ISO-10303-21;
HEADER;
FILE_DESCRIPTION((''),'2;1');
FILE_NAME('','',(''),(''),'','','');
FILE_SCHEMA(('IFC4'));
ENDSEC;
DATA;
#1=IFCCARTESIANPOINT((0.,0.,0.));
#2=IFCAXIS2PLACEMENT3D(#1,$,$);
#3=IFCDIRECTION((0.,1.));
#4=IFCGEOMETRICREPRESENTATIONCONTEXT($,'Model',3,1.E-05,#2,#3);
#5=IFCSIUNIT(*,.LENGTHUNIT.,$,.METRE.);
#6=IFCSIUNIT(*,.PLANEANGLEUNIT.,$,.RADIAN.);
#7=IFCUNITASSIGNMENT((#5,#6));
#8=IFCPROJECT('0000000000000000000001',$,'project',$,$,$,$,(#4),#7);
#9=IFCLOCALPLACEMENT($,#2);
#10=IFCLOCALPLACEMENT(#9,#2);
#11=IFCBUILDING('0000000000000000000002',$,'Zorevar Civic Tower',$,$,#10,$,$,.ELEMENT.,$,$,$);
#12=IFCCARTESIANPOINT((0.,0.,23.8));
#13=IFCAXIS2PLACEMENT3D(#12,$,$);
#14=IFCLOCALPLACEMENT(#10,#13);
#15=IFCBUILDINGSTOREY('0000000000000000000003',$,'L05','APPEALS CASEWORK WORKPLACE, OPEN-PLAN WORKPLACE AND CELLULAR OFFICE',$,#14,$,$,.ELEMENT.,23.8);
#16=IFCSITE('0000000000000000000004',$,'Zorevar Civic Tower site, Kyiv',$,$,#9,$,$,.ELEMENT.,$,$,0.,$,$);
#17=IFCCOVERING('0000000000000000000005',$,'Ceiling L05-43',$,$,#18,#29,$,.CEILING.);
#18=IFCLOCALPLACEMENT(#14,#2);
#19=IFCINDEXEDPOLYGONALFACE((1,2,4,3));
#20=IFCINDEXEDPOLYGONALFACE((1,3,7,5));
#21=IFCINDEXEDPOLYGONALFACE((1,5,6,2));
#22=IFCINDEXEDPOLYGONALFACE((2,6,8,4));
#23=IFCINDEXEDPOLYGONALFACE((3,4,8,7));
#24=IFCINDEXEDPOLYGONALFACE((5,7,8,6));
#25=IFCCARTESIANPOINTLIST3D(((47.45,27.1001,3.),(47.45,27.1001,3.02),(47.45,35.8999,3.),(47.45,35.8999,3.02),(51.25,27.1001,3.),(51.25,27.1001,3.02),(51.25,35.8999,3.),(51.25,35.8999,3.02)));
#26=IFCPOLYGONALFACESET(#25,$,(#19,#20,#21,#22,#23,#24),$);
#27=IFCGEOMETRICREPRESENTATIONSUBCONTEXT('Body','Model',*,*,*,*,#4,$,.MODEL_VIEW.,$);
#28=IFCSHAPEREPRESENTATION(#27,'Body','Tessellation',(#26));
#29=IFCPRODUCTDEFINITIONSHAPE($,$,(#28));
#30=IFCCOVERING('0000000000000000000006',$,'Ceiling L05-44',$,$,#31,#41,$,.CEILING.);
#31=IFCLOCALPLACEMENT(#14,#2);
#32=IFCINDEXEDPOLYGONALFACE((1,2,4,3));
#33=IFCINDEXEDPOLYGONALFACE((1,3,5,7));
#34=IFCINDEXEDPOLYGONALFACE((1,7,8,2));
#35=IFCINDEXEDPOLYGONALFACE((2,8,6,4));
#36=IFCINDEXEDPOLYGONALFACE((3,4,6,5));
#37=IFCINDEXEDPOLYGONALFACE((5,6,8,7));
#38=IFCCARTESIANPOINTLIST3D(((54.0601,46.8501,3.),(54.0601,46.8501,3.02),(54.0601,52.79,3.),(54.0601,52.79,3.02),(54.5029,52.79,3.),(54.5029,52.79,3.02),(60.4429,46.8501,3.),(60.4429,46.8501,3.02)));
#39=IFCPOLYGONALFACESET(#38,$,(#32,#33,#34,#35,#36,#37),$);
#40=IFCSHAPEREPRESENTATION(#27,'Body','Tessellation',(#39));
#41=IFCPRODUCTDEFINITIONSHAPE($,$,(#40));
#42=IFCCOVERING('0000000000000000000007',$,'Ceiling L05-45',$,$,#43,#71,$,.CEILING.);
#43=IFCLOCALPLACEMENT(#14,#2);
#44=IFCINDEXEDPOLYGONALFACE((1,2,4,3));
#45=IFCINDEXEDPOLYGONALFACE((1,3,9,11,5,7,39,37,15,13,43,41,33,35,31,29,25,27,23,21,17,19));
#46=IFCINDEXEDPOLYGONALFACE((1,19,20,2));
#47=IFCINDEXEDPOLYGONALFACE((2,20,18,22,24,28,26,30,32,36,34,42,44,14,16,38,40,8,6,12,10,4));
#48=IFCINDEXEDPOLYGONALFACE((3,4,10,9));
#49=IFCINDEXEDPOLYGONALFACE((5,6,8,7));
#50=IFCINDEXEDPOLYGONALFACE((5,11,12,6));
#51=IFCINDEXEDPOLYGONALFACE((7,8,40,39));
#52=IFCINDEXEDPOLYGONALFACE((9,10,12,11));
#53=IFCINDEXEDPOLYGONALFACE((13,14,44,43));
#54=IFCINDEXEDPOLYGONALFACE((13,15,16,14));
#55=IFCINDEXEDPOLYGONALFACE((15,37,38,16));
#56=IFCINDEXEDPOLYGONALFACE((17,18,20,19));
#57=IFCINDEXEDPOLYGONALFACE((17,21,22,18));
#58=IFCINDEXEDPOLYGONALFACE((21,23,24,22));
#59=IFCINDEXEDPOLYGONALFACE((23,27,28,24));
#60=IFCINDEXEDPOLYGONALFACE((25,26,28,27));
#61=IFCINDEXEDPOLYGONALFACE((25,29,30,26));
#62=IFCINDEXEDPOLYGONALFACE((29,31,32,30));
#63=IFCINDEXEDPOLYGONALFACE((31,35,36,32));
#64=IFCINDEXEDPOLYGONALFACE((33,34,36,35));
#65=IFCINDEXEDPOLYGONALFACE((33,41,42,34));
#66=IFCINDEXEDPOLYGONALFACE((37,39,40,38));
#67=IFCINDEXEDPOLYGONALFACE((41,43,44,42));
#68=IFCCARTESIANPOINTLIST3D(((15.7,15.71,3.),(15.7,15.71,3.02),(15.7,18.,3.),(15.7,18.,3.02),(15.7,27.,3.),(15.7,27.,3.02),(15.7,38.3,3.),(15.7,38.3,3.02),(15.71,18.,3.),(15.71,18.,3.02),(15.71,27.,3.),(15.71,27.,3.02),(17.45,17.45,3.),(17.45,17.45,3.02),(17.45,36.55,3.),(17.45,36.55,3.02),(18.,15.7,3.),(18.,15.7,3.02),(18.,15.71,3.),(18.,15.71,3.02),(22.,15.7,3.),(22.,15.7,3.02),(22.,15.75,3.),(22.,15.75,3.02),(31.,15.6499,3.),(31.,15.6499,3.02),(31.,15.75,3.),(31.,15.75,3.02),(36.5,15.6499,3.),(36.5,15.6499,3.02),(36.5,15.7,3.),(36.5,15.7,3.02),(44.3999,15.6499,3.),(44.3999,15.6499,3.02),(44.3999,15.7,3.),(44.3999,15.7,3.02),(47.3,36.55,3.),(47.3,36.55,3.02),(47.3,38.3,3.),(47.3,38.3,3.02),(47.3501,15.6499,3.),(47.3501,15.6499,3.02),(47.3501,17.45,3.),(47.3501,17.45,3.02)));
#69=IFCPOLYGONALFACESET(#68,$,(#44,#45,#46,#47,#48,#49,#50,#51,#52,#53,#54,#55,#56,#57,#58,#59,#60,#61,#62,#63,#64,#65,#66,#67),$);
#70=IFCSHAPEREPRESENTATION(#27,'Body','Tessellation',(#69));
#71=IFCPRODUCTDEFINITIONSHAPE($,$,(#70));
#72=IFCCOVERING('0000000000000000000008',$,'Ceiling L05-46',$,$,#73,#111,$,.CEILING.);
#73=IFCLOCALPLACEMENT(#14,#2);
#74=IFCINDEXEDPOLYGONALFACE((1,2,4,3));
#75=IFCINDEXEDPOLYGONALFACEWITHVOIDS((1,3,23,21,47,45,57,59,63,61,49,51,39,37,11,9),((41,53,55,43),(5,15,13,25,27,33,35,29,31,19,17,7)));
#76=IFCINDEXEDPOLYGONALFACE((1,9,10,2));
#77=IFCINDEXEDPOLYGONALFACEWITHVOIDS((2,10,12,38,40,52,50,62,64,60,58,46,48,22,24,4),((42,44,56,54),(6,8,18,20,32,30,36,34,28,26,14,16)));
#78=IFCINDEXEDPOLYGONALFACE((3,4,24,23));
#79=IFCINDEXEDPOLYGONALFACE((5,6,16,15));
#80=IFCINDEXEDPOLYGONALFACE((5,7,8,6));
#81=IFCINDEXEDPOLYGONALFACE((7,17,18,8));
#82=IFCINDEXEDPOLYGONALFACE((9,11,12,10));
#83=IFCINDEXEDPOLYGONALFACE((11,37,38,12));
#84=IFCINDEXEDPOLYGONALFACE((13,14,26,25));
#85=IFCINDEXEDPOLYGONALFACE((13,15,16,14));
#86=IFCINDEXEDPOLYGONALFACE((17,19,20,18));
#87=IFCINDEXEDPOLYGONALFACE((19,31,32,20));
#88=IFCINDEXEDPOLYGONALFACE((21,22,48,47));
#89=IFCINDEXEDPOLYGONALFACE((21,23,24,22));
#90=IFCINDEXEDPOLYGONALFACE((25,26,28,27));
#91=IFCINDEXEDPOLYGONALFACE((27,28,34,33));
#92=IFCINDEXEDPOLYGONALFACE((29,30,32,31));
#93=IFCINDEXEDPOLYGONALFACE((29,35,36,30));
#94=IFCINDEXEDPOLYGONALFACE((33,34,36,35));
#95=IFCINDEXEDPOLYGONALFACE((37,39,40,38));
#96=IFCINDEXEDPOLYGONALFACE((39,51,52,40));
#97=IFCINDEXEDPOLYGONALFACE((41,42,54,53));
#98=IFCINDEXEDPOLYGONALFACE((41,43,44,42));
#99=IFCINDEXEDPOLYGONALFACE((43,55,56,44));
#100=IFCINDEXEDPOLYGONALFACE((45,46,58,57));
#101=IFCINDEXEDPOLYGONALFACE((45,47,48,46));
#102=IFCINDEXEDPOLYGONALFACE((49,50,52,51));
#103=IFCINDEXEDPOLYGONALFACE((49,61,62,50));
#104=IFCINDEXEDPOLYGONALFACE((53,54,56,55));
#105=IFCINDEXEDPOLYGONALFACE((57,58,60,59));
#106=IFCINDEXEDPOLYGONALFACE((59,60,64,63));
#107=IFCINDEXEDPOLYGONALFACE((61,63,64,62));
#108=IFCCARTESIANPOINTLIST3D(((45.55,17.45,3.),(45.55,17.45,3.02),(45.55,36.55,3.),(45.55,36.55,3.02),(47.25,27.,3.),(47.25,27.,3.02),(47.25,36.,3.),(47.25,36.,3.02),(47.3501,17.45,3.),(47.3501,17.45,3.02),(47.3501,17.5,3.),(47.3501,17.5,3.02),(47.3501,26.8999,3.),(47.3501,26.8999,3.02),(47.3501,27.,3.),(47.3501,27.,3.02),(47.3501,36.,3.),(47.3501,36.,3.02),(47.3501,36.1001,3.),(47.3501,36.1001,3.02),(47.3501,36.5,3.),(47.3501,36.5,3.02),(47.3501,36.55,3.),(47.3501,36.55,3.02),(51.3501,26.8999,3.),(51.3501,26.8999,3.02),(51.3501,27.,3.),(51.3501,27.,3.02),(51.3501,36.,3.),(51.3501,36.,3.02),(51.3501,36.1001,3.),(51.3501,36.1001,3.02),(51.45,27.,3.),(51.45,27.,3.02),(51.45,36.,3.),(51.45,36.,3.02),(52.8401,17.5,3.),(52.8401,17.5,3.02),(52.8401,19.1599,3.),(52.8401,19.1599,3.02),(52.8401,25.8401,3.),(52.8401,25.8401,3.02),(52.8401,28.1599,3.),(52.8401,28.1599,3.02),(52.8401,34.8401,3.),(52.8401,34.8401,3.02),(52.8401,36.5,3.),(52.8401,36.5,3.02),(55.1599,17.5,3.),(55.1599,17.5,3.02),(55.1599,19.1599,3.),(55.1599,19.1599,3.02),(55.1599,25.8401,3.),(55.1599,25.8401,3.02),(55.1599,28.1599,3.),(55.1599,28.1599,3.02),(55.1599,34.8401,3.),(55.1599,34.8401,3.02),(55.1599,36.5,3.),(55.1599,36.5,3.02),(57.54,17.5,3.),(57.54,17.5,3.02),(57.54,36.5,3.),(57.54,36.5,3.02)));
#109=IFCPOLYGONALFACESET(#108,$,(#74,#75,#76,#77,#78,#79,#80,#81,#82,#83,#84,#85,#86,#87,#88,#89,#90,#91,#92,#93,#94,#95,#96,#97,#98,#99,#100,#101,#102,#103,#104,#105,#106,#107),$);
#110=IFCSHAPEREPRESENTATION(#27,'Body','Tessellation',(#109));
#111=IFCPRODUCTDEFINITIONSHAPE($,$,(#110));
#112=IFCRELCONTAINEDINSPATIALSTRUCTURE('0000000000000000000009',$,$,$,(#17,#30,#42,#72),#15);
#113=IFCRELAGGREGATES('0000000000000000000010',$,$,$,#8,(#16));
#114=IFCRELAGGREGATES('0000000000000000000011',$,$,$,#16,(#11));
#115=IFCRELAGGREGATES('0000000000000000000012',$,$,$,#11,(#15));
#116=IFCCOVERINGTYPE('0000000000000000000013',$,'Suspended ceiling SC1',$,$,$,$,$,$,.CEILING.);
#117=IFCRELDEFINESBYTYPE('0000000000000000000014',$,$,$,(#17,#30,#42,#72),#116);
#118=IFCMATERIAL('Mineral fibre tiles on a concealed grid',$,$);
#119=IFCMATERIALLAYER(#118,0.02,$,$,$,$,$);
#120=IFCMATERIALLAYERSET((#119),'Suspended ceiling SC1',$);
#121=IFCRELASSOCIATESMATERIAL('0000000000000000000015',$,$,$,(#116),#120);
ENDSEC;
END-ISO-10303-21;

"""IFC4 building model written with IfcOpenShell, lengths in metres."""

from ifc_helpers import new_model, si_unit, direction, frame, origin, place, context, subcontext, project, spatial, polyline, outline, extrude, material, layer, layer_set, type_object, element, save


model = new_model("IFC4")

# Units and contexts
model_context = context("Model", 3, precision=1e-05, world=origin(), true_north=direction((0.0, 1.0)))
body_context = subcontext(model_context, "Body", "Model", "MODEL_VIEW")
ifc_project = project(units=[si_unit("LENGTHUNIT", "METRE"), si_unit("PLANEANGLEUNIT", "RADIAN")], contexts=[model_context])

# Site, building, storey
site_placement = place(None, origin())
site = spatial("IfcSite", under=ifc_project, at=site_placement, Name="Zorevar Civic Tower site, Kyiv", CompositionType="ELEMENT", RefElevation=0.0)
building_placement = place(site_placement, origin())
building = spatial("IfcBuilding", under=site, at=building_placement, Name="Zorevar Civic Tower", CompositionType="ELEMENT")
storey_placement = place(building_placement, frame((0.0, 0.0, 23.8)))
storey = spatial("IfcBuildingStorey", under=building, at=storey_placement, Name="L05", Description="APPEALS CASEWORK WORKPLACE, OPEN-PLAN WORKPLACE AND CELLULAR OFFICE", CompositionType="ELEMENT", Elevation=23.8)

# Coverings
ifc_material_1 = material(Name="Mineral fibre tiles on a concealed grid")
ifc_layer_1 = layer(ifc_material_1, 0.02)
ifc_layer_set_1 = layer_set([ifc_layer_1], Name="Suspended ceiling SC1")
covering_type_1 = type_object("IfcCoveringType", Name="Suspended ceiling SC1", PredefinedType="CEILING", material=ifc_layer_set_1)
covering_1_placement = place(storey_placement, frame((0.0, 0.0, 3.0)))
element("IfcCovering", 1, at=covering_1_placement, inside=storey, type_object=covering_type_1, Name="Ceiling L05-43", PredefinedType="CEILING", context=body_context, shape_type="SweptSolid", body=[
    extrude(outline(polyline([(47.45, 35.8999), (51.25, 35.8999), (51.25, 27.1001), (47.45, 27.1001), (47.45, 35.8999)])), origin(), (0.0, 0.0, 1.0), 0.02),
])
covering_2_placement = place(storey_placement, frame((0.0, 0.0, 3.0)))
element("IfcCovering", 2, at=covering_2_placement, inside=storey, type_object=covering_type_1, Name="Ceiling L05-44", PredefinedType="CEILING", context=body_context, shape_type="SweptSolid", body=[
    extrude(outline(polyline([(54.0601, 46.8501), (54.0601, 52.79), (54.5029, 52.79), (60.4429, 46.8501), (54.0601, 46.8501)])), origin(), (0.0, 0.0, 1.0), 0.02),
])
covering_3_placement = place(storey_placement, frame((0.0, 0.0, 3.0)))
element("IfcCovering", 3, at=covering_3_placement, inside=storey, type_object=covering_type_1, Name="Ceiling L05-45", PredefinedType="CEILING", context=body_context, shape_type="SweptSolid", body=[
    extrude(outline(polyline([(44.3999, 15.6499), (44.3999, 15.7), (36.5, 15.7), (36.5, 15.6499), (31.0, 15.6499), (31.0, 15.75), (22.0, 15.75), (22.0, 15.7), (18.0, 15.7), (18.0, 15.71), (15.7, 15.71), (15.7, 18.0), (15.71, 18.0), (15.71, 27.0), (15.7, 27.0), (15.7, 38.3), (47.3, 38.3), (47.3, 36.55), (17.45, 36.55), (17.45, 17.45), (47.3501, 17.45), (47.3501, 15.6499), (44.3999, 15.6499)])), origin(), (0.0, 0.0, 1.0), 0.02),
])
covering_4_placement = place(storey_placement, frame((0.0, 0.0, 3.0)))
element("IfcCovering", 4, at=covering_4_placement, inside=storey, type_object=covering_type_1, Name="Ceiling L05-46", PredefinedType="CEILING", context=body_context, shape_type="SweptSolid", body=[
    extrude(outline(polyline([(55.1599, 19.1599), (52.8401, 19.1599), (52.8401, 17.5), (47.3501, 17.5), (47.3501, 17.45), (45.55, 17.45), (45.55, 36.55), (47.3501, 36.55), (47.3501, 36.5), (52.8401, 36.5), (52.8401, 34.8401), (55.1599, 34.8401), (55.1599, 36.5), (57.54, 36.5), (57.54, 17.5), (55.1599, 17.5), (55.1599, 19.1599)]), holes=[polyline([(51.45, 27.0), (51.45, 36.0), (51.3501, 36.0), (51.3501, 36.1001), (47.3501, 36.1001), (47.3501, 36.0), (47.25, 36.0), (47.25, 27.0), (47.3501, 27.0), (47.3501, 26.8999), (51.3501, 26.8999), (51.3501, 27.0), (51.45, 27.0)]), polyline([(52.8401, 28.1599), (52.8401, 25.8401), (55.1599, 25.8401), (55.1599, 28.1599), (52.8401, 28.1599)])]), origin(), (0.0, 0.0, 1.0), 0.02),
])

save(model, "model.ifc")
